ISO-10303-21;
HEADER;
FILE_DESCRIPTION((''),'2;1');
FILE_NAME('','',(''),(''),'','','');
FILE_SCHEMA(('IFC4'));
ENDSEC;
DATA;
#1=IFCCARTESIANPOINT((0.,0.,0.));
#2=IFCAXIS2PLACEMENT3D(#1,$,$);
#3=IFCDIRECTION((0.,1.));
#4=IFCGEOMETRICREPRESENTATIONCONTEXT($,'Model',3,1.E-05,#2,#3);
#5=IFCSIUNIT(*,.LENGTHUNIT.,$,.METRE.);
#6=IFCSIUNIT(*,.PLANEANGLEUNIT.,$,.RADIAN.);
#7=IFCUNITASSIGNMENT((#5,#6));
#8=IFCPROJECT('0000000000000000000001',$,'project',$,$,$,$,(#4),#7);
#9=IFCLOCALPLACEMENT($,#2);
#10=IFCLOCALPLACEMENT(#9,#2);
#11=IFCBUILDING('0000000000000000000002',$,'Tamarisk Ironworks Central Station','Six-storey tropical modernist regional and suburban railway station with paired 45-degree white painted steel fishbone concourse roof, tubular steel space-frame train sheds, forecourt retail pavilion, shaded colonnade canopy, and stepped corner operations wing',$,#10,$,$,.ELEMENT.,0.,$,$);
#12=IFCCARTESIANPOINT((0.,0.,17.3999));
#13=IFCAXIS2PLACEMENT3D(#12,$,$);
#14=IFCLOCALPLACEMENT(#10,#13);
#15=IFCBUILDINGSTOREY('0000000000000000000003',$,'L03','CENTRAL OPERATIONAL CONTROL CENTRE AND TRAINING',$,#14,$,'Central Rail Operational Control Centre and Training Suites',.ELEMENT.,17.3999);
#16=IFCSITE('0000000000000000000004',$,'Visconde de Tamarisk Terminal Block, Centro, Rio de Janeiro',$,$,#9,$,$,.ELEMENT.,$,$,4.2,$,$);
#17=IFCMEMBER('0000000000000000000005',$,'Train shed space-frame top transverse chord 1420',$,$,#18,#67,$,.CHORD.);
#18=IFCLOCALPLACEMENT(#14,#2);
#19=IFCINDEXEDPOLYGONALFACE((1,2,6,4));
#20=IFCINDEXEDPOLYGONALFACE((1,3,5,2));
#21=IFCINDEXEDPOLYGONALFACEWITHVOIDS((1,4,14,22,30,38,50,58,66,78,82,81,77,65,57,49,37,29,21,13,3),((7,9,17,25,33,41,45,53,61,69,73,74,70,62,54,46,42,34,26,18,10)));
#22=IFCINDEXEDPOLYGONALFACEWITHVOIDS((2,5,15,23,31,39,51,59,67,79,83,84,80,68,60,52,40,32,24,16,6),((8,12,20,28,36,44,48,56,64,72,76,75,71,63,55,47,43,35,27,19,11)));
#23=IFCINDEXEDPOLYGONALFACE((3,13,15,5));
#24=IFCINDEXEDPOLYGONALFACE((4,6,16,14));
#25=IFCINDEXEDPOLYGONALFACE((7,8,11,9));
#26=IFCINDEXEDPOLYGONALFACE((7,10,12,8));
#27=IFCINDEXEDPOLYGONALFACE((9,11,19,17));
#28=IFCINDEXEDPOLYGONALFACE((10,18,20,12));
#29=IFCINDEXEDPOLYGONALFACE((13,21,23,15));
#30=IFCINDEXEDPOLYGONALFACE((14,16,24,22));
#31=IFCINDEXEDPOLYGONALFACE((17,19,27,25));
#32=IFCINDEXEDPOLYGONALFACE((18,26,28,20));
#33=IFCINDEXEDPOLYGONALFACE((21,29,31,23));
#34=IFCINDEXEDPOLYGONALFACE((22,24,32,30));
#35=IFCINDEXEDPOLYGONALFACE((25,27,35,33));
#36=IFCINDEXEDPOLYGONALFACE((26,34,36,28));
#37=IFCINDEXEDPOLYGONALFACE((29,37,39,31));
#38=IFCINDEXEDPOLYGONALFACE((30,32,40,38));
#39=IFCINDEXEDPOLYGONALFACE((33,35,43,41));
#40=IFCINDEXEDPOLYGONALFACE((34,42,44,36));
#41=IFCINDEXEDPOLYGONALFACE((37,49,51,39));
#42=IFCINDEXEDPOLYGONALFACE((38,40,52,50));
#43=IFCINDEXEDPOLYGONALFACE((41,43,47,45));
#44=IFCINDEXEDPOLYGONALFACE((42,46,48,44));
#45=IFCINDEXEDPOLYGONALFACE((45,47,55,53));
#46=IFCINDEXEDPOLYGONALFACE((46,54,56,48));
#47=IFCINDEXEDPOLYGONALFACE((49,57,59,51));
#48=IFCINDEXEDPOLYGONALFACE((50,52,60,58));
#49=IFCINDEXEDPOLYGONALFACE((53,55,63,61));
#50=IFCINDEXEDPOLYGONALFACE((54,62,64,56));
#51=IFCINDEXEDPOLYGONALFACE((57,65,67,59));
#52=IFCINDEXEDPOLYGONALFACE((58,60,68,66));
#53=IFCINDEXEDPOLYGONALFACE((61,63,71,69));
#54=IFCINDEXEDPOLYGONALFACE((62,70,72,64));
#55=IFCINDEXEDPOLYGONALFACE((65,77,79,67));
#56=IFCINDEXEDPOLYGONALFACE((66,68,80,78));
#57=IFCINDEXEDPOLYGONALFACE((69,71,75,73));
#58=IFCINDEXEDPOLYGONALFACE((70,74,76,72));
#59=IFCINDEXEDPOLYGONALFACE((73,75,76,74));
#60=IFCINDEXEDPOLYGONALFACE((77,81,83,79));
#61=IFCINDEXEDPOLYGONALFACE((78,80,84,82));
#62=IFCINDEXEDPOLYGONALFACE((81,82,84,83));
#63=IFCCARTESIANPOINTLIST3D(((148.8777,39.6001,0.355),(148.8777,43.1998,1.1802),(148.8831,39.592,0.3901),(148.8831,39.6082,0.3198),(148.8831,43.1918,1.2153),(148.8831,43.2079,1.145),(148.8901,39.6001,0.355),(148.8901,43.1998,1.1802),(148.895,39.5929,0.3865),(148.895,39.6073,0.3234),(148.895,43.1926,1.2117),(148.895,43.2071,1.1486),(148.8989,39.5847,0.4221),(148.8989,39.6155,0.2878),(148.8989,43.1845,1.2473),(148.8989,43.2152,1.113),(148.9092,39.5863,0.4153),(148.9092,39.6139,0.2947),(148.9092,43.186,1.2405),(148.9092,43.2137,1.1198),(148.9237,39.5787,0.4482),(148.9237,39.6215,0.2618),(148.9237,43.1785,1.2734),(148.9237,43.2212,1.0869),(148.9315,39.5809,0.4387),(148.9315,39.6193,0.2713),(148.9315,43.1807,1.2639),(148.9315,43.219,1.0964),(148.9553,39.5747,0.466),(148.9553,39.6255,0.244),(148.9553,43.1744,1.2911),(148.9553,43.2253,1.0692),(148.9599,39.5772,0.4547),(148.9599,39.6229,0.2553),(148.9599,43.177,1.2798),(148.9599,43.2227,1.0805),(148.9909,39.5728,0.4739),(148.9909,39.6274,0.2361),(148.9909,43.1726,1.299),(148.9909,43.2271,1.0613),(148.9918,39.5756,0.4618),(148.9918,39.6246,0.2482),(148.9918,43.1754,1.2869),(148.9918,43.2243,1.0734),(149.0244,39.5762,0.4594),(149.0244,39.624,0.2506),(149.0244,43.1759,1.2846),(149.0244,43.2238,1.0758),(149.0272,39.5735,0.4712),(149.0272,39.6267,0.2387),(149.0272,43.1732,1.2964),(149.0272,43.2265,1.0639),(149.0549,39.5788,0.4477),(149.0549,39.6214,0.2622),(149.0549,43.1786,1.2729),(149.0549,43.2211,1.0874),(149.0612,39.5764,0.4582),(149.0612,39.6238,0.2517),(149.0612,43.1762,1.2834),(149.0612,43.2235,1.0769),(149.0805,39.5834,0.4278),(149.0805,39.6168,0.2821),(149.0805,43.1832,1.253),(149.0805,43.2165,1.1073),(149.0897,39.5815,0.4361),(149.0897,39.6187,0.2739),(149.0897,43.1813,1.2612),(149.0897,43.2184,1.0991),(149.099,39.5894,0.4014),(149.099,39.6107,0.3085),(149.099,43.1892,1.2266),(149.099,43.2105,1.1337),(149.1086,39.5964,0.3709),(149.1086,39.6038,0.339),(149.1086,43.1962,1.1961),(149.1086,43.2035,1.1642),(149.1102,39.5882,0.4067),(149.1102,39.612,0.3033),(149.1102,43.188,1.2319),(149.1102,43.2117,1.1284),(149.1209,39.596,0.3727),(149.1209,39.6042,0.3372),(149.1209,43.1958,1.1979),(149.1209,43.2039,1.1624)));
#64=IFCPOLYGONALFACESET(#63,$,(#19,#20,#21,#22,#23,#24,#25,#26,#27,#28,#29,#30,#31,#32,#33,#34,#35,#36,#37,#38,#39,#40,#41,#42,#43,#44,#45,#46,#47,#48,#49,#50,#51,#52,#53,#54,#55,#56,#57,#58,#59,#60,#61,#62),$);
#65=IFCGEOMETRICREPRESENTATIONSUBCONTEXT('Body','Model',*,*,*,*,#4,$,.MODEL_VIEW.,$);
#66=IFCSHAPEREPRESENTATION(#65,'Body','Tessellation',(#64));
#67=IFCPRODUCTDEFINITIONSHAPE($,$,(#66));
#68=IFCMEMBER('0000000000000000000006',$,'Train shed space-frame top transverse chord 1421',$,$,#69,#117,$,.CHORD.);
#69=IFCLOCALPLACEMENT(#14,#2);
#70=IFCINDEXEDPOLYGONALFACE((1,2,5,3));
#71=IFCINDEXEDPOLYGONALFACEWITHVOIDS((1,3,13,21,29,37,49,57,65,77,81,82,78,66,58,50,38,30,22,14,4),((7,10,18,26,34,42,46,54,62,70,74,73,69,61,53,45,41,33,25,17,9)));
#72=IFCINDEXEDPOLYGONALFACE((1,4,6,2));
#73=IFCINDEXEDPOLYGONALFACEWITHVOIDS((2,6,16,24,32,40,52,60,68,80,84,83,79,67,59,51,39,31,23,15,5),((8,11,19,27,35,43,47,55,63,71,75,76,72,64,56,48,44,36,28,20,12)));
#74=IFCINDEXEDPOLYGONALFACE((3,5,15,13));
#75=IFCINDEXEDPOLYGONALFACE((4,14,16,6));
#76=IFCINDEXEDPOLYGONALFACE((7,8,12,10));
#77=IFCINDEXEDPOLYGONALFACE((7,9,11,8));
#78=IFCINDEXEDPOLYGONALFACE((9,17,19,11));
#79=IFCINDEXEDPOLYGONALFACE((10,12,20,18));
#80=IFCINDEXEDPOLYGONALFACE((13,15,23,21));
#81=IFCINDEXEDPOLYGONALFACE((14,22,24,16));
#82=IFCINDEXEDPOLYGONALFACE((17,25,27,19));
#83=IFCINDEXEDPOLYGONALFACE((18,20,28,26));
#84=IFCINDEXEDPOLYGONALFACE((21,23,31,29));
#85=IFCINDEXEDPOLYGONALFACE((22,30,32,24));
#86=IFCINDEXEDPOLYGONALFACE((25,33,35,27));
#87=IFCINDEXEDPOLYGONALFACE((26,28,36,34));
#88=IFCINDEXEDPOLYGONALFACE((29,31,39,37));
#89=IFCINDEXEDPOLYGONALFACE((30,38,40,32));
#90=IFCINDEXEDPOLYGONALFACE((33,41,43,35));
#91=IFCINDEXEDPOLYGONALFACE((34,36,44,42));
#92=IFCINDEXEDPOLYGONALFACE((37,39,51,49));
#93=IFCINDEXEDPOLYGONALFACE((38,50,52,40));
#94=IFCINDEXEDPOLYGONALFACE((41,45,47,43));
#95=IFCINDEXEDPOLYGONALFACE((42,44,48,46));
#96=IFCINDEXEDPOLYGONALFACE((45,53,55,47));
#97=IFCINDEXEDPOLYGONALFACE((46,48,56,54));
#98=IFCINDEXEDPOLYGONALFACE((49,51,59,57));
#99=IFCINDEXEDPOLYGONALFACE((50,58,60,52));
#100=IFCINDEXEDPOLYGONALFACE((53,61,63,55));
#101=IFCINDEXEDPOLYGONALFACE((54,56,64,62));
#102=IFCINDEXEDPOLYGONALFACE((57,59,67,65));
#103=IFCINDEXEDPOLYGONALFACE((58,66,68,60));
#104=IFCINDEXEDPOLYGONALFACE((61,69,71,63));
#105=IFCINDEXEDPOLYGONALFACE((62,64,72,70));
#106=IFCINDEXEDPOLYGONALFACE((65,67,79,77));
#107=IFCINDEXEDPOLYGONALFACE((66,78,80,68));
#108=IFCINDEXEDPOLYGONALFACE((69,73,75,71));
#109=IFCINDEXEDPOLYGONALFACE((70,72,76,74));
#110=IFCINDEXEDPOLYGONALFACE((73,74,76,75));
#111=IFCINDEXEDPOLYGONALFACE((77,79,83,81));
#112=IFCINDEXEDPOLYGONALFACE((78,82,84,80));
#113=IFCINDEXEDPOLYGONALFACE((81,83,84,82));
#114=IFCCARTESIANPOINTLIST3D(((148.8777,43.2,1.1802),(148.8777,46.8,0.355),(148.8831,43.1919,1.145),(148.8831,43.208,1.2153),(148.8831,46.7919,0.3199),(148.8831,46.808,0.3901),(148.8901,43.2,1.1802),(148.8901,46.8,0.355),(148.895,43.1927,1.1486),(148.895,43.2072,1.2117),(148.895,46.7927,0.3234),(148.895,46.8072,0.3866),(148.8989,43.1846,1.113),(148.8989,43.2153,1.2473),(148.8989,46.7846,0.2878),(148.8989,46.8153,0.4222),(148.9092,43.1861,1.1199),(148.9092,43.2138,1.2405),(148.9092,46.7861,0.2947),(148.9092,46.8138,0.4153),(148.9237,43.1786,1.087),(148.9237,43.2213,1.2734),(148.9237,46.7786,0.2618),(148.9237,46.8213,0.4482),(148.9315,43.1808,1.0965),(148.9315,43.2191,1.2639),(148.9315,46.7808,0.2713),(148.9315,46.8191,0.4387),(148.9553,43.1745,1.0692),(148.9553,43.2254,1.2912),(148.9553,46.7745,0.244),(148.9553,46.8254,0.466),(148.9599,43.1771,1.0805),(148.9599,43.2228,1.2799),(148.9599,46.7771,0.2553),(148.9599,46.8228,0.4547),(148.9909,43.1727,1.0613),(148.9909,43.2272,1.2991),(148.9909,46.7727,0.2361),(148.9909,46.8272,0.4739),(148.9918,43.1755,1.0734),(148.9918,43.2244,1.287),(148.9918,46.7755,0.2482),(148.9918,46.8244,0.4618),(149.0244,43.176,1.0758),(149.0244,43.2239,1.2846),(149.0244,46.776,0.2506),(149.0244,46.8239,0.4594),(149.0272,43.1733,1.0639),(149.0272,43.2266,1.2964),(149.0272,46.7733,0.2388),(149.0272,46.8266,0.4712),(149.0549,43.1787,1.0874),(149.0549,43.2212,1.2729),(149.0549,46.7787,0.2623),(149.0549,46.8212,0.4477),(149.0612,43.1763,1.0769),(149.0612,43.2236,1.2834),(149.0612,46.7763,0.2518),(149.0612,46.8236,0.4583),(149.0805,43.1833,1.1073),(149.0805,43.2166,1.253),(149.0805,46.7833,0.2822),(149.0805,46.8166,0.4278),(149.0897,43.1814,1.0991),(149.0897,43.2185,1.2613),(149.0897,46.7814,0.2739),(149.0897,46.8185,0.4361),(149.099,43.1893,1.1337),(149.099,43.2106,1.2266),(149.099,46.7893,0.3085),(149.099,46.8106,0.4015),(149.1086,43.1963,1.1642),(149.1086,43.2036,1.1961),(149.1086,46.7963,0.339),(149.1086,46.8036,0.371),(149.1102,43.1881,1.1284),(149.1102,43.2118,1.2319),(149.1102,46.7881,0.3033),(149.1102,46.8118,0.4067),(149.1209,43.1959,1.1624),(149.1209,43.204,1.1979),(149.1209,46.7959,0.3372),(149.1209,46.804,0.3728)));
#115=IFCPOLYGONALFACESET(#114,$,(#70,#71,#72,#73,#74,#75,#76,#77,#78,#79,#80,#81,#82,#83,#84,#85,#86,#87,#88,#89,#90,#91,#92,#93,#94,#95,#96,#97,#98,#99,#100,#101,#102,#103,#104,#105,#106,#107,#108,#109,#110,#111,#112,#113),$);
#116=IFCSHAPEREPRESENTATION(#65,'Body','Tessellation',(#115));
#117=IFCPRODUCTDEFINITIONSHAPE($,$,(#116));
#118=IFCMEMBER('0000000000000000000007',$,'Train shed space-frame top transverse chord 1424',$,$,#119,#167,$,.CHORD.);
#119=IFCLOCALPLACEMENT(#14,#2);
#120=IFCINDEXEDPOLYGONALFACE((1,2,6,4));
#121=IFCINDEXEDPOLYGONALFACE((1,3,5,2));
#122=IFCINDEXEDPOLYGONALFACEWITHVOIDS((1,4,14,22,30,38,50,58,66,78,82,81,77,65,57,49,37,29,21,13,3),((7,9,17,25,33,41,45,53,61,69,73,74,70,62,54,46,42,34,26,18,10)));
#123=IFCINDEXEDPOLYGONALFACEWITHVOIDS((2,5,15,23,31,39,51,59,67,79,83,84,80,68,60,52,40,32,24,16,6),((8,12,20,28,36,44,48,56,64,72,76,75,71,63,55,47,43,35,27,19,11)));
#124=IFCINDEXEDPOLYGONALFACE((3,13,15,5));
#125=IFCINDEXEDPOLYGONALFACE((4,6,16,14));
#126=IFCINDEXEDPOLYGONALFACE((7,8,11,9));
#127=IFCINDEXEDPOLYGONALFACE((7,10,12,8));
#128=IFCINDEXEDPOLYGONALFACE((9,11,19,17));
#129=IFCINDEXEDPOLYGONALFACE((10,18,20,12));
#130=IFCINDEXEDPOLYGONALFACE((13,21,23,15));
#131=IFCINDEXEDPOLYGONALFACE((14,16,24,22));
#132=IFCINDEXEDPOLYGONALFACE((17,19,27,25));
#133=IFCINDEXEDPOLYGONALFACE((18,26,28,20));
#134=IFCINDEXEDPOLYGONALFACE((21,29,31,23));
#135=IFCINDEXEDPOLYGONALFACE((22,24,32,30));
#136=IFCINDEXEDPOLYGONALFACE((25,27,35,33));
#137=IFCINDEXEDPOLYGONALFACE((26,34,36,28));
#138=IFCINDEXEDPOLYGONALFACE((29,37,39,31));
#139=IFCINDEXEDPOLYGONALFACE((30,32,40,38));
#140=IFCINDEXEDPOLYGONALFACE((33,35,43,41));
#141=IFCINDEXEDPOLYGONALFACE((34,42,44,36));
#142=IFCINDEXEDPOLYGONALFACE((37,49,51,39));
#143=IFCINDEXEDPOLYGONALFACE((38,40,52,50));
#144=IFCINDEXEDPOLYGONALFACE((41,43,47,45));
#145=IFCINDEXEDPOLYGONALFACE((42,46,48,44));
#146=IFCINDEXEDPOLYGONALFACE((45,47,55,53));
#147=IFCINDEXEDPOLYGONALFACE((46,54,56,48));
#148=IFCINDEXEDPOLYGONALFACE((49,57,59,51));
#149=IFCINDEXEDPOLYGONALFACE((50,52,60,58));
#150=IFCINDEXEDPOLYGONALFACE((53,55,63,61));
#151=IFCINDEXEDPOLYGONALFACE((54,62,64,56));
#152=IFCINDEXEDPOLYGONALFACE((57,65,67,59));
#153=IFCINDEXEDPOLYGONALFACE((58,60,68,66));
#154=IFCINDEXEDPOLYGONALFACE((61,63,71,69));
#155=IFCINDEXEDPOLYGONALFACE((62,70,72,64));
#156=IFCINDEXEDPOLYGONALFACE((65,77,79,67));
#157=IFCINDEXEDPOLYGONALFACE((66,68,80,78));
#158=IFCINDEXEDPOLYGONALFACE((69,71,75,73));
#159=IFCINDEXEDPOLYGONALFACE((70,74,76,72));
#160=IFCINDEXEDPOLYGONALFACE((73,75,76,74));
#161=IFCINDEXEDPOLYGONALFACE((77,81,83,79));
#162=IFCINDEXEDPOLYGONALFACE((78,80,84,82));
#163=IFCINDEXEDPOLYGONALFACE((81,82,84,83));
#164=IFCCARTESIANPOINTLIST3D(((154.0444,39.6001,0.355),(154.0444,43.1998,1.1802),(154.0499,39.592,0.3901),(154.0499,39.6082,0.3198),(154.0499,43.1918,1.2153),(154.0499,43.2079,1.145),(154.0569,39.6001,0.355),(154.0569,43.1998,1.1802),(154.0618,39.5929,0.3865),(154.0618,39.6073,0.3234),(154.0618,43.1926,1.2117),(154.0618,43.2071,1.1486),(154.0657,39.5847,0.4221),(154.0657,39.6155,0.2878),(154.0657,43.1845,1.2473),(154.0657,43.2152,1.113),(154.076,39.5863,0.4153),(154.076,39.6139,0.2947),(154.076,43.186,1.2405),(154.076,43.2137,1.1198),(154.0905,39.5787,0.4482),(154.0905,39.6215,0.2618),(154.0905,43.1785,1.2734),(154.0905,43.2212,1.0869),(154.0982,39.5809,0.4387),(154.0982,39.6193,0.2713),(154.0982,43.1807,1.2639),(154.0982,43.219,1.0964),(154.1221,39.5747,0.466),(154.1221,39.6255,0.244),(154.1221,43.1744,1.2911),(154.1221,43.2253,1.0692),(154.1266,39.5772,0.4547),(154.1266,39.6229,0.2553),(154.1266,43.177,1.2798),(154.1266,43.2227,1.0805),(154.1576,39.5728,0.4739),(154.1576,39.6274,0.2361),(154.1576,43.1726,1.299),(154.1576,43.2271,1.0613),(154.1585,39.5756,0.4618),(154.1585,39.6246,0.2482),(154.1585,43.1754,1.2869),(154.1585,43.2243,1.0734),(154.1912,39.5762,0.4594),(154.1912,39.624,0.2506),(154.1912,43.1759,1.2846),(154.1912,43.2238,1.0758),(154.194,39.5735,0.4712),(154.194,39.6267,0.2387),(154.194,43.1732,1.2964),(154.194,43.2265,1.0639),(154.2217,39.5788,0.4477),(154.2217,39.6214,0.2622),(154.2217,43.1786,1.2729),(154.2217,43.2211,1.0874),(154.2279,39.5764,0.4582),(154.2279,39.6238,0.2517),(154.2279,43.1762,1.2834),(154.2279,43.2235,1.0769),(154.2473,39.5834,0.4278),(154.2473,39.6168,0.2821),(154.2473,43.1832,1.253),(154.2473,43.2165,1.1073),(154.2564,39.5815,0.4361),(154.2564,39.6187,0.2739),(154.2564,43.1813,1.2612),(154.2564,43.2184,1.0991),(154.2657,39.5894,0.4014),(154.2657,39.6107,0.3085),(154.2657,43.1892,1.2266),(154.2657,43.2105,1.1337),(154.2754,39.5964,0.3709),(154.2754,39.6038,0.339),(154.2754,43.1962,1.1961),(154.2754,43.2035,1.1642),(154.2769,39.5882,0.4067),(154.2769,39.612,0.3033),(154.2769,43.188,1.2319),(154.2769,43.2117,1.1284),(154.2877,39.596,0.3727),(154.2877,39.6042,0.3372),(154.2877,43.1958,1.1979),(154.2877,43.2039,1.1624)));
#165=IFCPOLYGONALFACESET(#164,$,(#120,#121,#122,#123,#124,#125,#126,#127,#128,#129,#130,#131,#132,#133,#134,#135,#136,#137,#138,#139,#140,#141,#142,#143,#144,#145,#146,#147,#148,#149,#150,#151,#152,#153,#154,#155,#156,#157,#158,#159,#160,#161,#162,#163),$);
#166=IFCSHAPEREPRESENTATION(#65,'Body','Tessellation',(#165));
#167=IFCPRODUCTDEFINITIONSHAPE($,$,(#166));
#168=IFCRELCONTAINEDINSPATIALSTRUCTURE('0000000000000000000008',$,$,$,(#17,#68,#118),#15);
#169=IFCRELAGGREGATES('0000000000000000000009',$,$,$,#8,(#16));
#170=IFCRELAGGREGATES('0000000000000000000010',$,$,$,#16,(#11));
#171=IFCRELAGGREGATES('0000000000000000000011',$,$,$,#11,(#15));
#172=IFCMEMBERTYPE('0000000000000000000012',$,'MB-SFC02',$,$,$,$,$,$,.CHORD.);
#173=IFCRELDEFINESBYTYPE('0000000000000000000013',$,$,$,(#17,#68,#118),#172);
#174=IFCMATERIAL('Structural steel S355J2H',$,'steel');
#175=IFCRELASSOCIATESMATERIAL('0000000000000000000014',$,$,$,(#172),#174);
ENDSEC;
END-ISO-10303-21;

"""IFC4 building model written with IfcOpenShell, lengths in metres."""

from ifc_helpers import new_model, si_unit, direction, frame, origin, origin_2d, place, context, subcontext, project, spatial, hollow_circle, extrude, material, material_profile, profile_set, type_object, element, save


model = new_model("IFC4")

# Units and contexts
model_context = context("Model", 3, precision=1e-05, world=origin(), true_north=direction((0.0, 1.0)))
body_context = subcontext(model_context, "Body", "Model", "MODEL_VIEW")
ifc_project = project(units=[si_unit("LENGTHUNIT", "METRE"), si_unit("PLANEANGLEUNIT", "RADIAN")], contexts=[model_context])

# Site, building, storey
site_placement = place(None, origin())
site = spatial("IfcSite", under=ifc_project, at=site_placement, Name="Visconde de Tamarisk Terminal Block, Centro, Rio de Janeiro", CompositionType="ELEMENT", RefElevation=4.2)
building_placement = place(site_placement, origin())
building = spatial("IfcBuilding", under=site, at=building_placement, Name="Tamarisk Ironworks Central Station", Description="Six-storey tropical modernist regional and suburban railway station with paired 45-degree white painted steel fishbone concourse roof, tubular steel space-frame train sheds, forecourt retail pavilion, shaded colonnade canopy, and stepped corner operations wing", CompositionType="ELEMENT", ElevationOfRefHeight=0.0)
storey_placement = place(building_placement, frame((0.0, 0.0, 17.3999)))
storey = spatial("IfcBuildingStorey", under=building, at=storey_placement, Name="L03", Description="CENTRAL OPERATIONAL CONTROL CENTRE AND TRAINING", LongName="Central Rail Operational Control Centre and Training Suites", CompositionType="ELEMENT", Elevation=17.3999)

# Members
ifc_material = material(Name="Structural steel S355J2H", Category="steel")
ifc_material_profile_1 = material_profile(ifc_material, hollow_circle(Radius=0.1223, WallThickness=0.0125, at=origin_2d()), Name="CHS 244.5x12.5")
ifc_profile_set_1 = profile_set([ifc_material_profile_1], Name="Structural steel S355J2H")
member_type_1 = type_object("IfcMemberType", Name="MB-SFC02", PredefinedType="CHORD", material=ifc_profile_set_1)
member_1_placement = place(storey_placement, frame((149.0, 39.6001, 0.355), z_axis=(0.0, 0.974719, 0.223435), x_axis=(-1.0, 0.0, 0.0)))
element("IfcMember", 1, at=member_1_placement, inside=storey, type_object=member_type_1, Name="Train shed space-frame top transverse chord 1420", PredefinedType="CHORD", context=body_context, shape_type="SweptSolid", body=[
    extrude(hollow_circle(Radius=0.1223, WallThickness=0.0125, at=origin_2d()), origin(), (0.0, 0.0, 1.0), 3.6931),
])
member_2_placement = place(storey_placement, frame((149.0, 43.2, 1.1802), z_axis=(0.0, 0.974722, -0.223421), x_axis=(-1.0, 0.0, 0.0)))
element("IfcMember", 2, at=member_2_placement, inside=storey, type_object=member_type_1, Name="Train shed space-frame top transverse chord 1421", PredefinedType="CHORD", context=body_context, shape_type="SweptSolid", body=[
    extrude(hollow_circle(Radius=0.1223, WallThickness=0.0125, at=origin_2d()), origin(), (0.0, 0.0, 1.0), 3.6934),
])
member_3_placement = place(storey_placement, frame((154.1667, 39.6001, 0.355), z_axis=(0.0, 0.974719, 0.223435), x_axis=(-1.0, 0.0, 0.0)))
element("IfcMember", 3, at=member_3_placement, inside=storey, type_object=member_type_1, Name="Train shed space-frame top transverse chord 1424", PredefinedType="CHORD", context=body_context, shape_type="SweptSolid", body=[
    extrude(hollow_circle(Radius=0.1223, WallThickness=0.0125, at=origin_2d()), origin(), (0.0, 0.0, 1.0), 3.6931),
])

save(model, "model.ifc")
